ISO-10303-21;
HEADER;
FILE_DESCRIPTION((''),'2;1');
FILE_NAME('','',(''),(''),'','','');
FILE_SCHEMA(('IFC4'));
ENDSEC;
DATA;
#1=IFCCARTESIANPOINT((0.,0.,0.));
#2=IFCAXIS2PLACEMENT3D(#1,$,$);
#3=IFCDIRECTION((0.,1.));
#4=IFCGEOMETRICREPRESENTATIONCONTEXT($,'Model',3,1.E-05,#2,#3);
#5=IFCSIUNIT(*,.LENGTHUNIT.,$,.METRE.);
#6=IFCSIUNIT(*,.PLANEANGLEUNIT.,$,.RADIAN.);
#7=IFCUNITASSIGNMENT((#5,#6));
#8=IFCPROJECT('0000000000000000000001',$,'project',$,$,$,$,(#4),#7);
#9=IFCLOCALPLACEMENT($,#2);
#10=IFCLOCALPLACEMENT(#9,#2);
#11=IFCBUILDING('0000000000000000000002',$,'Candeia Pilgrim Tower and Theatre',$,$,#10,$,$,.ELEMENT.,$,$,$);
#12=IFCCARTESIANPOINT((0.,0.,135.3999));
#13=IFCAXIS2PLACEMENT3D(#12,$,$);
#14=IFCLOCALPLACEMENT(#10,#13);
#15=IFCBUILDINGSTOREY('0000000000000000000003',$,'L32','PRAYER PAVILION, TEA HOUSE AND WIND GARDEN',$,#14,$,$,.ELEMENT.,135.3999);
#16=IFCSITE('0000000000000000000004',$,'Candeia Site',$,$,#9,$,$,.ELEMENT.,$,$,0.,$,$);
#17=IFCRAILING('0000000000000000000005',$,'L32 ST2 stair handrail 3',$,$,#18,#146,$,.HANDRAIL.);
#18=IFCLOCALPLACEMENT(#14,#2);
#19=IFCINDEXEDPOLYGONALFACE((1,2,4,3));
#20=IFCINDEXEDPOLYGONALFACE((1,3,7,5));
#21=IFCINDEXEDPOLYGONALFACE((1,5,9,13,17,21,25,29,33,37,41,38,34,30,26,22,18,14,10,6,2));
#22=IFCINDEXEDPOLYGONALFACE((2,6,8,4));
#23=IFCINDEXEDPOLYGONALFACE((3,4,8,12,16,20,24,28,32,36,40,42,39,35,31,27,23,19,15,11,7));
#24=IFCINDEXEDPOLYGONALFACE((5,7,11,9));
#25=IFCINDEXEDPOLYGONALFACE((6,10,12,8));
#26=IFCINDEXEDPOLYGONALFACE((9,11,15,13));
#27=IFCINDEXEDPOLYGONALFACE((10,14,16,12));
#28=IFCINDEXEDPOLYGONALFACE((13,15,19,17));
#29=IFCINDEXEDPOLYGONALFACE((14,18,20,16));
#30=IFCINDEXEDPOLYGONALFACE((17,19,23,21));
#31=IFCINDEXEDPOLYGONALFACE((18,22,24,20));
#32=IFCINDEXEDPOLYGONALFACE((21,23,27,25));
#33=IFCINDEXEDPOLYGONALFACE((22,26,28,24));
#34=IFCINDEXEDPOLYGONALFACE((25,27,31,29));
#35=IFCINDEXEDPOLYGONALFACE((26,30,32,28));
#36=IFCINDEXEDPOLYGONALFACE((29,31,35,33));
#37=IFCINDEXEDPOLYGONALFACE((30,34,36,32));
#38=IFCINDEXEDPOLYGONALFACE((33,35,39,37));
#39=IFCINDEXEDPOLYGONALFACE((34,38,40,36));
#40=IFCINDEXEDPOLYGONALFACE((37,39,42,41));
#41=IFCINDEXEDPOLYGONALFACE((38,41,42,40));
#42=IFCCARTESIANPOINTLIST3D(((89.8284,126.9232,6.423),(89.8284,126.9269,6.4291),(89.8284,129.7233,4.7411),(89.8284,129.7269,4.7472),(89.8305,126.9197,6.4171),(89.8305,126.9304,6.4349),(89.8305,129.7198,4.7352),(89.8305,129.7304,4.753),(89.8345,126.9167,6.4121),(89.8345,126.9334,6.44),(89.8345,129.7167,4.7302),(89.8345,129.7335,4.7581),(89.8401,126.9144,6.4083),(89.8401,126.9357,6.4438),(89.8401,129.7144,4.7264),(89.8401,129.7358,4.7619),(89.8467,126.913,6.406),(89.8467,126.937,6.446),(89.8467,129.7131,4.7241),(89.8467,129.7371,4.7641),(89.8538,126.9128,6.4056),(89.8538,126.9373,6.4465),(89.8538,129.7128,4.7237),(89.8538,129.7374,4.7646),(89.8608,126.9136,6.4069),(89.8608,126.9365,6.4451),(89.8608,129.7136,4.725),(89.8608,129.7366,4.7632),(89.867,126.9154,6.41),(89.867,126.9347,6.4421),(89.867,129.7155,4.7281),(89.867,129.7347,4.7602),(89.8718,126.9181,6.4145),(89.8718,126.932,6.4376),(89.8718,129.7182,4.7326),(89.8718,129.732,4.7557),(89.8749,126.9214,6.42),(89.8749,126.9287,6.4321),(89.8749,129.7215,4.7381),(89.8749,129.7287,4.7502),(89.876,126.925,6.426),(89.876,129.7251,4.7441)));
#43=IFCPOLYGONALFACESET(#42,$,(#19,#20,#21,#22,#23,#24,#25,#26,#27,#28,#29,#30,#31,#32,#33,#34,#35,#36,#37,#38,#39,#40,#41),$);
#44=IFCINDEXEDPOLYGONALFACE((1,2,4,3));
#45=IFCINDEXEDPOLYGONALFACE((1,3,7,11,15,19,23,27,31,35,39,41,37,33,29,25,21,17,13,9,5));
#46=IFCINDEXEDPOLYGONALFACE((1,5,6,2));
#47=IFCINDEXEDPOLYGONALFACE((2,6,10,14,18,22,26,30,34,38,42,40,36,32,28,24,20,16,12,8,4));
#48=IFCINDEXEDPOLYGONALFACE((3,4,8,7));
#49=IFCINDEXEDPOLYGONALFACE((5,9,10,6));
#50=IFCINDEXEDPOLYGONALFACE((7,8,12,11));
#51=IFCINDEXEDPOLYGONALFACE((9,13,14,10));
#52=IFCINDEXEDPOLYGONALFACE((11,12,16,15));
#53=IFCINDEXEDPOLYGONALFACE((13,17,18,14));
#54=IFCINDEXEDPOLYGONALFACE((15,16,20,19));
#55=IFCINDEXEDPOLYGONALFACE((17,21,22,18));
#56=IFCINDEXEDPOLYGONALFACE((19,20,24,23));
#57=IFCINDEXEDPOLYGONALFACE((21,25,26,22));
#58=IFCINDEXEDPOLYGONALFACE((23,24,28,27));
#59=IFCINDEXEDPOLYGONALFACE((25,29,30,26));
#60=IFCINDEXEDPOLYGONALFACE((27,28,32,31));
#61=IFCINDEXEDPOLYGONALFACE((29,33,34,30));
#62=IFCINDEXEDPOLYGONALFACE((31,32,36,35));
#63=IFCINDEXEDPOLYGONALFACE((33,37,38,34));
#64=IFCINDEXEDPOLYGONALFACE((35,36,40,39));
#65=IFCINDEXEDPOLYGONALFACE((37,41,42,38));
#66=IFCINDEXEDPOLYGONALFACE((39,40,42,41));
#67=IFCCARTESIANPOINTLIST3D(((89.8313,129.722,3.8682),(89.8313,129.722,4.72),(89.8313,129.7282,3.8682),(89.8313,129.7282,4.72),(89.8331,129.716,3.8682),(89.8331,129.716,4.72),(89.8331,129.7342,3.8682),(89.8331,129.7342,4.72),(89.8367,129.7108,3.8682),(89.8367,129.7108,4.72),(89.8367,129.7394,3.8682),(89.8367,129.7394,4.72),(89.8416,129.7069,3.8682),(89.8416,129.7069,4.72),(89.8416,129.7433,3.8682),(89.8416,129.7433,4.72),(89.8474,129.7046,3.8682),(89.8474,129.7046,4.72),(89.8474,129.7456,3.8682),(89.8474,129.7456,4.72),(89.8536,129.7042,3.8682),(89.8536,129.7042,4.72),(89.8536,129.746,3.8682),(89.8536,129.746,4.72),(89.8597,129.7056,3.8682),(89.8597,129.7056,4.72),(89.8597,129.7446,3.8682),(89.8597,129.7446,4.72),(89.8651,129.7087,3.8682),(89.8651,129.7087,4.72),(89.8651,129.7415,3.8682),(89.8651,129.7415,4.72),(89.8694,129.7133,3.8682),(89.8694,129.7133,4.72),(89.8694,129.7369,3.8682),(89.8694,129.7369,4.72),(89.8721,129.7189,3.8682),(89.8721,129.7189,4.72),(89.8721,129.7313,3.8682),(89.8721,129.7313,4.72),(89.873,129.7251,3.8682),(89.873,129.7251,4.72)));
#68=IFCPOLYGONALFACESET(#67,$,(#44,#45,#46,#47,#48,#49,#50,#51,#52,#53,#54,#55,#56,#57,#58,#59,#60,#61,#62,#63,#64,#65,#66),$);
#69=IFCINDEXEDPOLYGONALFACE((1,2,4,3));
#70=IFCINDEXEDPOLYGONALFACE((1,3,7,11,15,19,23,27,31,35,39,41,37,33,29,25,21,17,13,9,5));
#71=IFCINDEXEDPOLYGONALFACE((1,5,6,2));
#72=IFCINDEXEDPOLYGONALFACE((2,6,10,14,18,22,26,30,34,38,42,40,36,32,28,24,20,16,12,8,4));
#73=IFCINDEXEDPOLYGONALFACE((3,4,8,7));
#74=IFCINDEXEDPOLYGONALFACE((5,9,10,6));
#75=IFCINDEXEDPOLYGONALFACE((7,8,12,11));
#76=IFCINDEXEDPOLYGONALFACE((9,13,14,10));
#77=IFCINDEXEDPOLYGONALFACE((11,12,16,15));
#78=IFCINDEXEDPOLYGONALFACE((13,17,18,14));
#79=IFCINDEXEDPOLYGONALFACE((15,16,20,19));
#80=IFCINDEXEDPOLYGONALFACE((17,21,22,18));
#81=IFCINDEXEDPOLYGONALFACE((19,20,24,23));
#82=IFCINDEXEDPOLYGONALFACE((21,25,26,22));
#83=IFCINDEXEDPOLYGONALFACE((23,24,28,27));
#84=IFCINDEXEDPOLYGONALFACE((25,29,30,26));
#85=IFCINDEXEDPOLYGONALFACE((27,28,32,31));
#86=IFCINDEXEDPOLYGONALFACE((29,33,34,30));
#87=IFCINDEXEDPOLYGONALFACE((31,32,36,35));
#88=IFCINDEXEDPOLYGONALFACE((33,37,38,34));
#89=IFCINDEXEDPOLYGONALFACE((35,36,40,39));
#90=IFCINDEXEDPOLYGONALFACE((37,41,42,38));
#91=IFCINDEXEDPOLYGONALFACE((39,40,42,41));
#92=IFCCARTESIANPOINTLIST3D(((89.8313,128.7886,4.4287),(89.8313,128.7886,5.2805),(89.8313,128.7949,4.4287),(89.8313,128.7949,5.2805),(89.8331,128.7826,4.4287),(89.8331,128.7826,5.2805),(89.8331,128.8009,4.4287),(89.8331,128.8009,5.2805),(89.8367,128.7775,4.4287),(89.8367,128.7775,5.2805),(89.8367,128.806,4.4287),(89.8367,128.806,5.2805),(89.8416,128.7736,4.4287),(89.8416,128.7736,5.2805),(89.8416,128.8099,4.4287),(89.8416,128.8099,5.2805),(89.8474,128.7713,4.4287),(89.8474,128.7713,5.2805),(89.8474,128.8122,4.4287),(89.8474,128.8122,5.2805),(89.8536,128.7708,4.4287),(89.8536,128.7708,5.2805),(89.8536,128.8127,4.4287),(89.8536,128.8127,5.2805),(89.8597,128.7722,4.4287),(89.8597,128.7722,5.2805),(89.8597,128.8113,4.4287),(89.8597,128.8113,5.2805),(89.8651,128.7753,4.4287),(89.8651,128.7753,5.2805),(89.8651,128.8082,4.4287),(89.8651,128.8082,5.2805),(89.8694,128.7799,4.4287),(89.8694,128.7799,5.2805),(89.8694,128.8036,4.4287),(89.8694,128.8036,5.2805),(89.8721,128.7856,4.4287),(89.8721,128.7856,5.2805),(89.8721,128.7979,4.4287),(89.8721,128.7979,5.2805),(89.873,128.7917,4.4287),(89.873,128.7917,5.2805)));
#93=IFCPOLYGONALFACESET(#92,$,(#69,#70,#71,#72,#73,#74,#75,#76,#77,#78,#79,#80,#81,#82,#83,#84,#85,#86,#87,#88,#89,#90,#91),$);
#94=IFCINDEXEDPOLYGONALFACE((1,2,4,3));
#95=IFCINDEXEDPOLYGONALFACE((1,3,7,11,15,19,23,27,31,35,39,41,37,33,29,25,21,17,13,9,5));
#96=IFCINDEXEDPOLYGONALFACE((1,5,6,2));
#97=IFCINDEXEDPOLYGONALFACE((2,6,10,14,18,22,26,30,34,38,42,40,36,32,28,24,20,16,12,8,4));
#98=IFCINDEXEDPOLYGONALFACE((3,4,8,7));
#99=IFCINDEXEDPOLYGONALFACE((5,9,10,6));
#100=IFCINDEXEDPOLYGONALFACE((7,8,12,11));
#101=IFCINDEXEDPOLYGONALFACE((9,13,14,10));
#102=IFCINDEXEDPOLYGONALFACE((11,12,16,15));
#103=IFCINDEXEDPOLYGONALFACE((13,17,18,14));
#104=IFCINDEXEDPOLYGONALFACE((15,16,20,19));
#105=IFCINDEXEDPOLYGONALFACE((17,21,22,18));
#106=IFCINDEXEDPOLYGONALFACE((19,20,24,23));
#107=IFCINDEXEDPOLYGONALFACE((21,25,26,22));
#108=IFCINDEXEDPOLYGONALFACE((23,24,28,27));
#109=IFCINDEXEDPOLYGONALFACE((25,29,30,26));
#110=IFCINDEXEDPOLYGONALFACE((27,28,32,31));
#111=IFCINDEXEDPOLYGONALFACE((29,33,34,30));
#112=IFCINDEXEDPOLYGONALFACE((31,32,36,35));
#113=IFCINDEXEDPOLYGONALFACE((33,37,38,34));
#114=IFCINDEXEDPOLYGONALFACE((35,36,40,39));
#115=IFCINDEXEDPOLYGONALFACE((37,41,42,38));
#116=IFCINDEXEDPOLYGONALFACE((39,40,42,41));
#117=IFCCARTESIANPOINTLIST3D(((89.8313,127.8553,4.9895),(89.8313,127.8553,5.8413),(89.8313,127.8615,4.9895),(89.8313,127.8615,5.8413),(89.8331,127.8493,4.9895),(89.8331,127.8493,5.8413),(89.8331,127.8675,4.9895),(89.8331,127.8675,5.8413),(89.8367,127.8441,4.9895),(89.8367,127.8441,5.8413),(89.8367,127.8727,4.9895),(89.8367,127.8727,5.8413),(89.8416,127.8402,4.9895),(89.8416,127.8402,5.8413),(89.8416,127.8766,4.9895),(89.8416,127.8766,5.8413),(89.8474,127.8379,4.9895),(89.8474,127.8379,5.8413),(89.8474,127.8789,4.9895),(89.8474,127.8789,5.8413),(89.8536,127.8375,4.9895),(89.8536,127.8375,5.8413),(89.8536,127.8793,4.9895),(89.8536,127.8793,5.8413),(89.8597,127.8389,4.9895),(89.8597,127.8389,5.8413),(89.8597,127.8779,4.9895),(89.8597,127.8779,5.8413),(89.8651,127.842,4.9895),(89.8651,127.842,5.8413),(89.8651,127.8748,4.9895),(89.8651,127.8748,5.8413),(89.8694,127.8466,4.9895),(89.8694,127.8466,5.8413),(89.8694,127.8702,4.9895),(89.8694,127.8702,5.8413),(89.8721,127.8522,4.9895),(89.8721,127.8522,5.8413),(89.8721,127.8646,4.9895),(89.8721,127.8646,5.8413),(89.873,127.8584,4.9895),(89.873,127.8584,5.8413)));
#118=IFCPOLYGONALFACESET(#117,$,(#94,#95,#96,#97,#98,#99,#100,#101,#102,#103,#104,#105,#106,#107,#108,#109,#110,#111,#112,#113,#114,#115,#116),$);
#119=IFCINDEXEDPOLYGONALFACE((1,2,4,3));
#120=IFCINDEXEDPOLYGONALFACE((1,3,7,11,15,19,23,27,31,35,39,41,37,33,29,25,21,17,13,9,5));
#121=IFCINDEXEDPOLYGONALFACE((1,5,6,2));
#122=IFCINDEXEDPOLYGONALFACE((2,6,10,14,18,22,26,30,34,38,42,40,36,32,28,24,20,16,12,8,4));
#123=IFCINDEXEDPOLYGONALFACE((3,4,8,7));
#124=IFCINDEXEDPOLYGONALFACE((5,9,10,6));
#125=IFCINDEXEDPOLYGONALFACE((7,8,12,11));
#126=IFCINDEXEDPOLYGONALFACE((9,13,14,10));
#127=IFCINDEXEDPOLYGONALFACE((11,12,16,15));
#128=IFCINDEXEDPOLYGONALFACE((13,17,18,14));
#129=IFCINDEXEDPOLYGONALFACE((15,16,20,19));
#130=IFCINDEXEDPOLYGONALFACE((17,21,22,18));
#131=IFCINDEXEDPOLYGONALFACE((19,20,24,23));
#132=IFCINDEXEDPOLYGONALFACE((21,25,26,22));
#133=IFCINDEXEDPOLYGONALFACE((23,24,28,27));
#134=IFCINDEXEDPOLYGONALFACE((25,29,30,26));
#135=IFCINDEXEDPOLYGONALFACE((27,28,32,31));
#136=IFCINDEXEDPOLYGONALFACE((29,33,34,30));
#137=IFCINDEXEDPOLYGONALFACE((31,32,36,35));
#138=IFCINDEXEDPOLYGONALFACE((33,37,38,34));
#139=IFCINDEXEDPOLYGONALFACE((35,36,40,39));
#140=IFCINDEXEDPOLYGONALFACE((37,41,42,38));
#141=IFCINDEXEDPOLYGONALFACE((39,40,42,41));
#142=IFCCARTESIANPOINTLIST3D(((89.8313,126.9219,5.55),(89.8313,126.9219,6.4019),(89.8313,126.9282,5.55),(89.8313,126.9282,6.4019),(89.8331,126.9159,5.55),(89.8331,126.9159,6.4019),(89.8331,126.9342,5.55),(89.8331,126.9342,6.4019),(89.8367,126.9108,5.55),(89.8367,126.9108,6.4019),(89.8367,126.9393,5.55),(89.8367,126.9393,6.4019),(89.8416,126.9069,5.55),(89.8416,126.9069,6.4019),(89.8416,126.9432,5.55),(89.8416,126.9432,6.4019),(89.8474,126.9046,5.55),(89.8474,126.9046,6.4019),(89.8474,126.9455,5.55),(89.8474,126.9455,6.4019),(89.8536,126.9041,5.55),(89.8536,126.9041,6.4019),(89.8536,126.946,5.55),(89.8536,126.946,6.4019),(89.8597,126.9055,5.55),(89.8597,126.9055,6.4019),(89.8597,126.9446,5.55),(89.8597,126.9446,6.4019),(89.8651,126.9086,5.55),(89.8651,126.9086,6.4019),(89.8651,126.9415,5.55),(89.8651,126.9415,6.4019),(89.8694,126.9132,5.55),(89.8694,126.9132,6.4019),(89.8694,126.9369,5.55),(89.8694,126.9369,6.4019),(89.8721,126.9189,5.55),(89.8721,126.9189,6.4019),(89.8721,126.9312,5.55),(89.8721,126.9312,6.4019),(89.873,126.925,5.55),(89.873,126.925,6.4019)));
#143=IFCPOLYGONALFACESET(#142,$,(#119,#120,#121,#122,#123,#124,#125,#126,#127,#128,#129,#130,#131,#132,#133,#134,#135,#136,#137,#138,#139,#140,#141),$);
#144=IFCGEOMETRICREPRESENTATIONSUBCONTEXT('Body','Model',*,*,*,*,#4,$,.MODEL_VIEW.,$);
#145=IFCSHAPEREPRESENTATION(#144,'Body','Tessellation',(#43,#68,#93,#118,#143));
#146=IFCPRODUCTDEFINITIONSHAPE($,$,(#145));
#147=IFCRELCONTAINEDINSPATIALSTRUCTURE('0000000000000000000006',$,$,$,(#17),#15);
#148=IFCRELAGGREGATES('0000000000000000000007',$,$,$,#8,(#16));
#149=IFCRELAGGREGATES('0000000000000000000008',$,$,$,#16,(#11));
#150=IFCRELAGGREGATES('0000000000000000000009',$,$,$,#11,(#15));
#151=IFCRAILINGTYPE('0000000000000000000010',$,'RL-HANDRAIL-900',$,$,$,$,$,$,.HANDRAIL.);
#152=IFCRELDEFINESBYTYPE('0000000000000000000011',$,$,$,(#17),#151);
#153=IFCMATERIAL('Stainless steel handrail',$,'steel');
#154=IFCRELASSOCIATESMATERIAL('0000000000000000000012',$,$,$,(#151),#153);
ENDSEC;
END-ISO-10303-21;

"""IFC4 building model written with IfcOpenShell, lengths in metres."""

from ifc_helpers import new_model, si_unit, direction, frame, origin, origin_2d, place, context, subcontext, project, spatial, circle, extrude, material, type_object, element, save


model = new_model("IFC4")

# Units and contexts
model_context = context("Model", 3, precision=1e-05, world=origin(), true_north=direction((0.0, 1.0)))
body_context = subcontext(model_context, "Body", "Model", "MODEL_VIEW")
ifc_project = project(units=[si_unit("LENGTHUNIT", "METRE"), si_unit("PLANEANGLEUNIT", "RADIAN")], contexts=[model_context])

# Site, building, storey
site_placement = place(None, origin())
site = spatial("IfcSite", under=ifc_project, at=site_placement, Name="Candeia Site", CompositionType="ELEMENT", RefElevation=0.0)
building_placement = place(site_placement, origin())
building = spatial("IfcBuilding", under=site, at=building_placement, Name="Candeia Pilgrim Tower and Theatre", CompositionType="ELEMENT")
storey_placement = place(building_placement, frame((0.0, 0.0, 135.3999)))
storey = spatial("IfcBuildingStorey", under=building, at=storey_placement, Name="L32", Description="PRAYER PAVILION, TEA HOUSE AND WIND GARDEN", CompositionType="ELEMENT", Elevation=135.3999)

# Railing
ifc_material_1 = material(Name="Stainless steel handrail", Category="steel")
railing_type_1 = type_object("IfcRailingType", Name="RL-HANDRAIL-900", PredefinedType="HANDRAIL", material=ifc_material_1)
railing_1_placement = place(storey_placement, frame((89.8521, 129.7251, 3.8682)))
element("IfcRailing", 1, at=railing_1_placement, inside=storey, type_object=railing_type_1, Name="L32 ST2 stair handrail 3", PredefinedType="HANDRAIL", context=body_context, shape_type="SweptSolid", body=[
    extrude(circle(Radius=0.0239, at=origin_2d()), frame((0.0, 0.0, 0.876), z_axis=(0.0, -0.857242, 0.514913), x_axis=(1.0, 0.0, 0.0)), (0.0, 0.0, 1.0), 3.2664),
    extrude(circle(Radius=0.021, at=origin_2d()), origin(), (0.0, 0.0, 1.0), 0.8518),
    extrude(circle(Radius=0.021, at=origin_2d()), frame((0.0, -0.9333, 0.5605)), (0.0, 0.0, 1.0), 0.8518),
    extrude(circle(Radius=0.021, at=origin_2d()), frame((0.0, -1.8667, 1.1213)), (0.0, 0.0, 1.0), 0.8518),
    extrude(circle(Radius=0.021, at=origin_2d()), frame((0.0, -2.8, 1.6819)), (0.0, 0.0, 1.0), 0.8518),
])

save(model, "model.ifc")
